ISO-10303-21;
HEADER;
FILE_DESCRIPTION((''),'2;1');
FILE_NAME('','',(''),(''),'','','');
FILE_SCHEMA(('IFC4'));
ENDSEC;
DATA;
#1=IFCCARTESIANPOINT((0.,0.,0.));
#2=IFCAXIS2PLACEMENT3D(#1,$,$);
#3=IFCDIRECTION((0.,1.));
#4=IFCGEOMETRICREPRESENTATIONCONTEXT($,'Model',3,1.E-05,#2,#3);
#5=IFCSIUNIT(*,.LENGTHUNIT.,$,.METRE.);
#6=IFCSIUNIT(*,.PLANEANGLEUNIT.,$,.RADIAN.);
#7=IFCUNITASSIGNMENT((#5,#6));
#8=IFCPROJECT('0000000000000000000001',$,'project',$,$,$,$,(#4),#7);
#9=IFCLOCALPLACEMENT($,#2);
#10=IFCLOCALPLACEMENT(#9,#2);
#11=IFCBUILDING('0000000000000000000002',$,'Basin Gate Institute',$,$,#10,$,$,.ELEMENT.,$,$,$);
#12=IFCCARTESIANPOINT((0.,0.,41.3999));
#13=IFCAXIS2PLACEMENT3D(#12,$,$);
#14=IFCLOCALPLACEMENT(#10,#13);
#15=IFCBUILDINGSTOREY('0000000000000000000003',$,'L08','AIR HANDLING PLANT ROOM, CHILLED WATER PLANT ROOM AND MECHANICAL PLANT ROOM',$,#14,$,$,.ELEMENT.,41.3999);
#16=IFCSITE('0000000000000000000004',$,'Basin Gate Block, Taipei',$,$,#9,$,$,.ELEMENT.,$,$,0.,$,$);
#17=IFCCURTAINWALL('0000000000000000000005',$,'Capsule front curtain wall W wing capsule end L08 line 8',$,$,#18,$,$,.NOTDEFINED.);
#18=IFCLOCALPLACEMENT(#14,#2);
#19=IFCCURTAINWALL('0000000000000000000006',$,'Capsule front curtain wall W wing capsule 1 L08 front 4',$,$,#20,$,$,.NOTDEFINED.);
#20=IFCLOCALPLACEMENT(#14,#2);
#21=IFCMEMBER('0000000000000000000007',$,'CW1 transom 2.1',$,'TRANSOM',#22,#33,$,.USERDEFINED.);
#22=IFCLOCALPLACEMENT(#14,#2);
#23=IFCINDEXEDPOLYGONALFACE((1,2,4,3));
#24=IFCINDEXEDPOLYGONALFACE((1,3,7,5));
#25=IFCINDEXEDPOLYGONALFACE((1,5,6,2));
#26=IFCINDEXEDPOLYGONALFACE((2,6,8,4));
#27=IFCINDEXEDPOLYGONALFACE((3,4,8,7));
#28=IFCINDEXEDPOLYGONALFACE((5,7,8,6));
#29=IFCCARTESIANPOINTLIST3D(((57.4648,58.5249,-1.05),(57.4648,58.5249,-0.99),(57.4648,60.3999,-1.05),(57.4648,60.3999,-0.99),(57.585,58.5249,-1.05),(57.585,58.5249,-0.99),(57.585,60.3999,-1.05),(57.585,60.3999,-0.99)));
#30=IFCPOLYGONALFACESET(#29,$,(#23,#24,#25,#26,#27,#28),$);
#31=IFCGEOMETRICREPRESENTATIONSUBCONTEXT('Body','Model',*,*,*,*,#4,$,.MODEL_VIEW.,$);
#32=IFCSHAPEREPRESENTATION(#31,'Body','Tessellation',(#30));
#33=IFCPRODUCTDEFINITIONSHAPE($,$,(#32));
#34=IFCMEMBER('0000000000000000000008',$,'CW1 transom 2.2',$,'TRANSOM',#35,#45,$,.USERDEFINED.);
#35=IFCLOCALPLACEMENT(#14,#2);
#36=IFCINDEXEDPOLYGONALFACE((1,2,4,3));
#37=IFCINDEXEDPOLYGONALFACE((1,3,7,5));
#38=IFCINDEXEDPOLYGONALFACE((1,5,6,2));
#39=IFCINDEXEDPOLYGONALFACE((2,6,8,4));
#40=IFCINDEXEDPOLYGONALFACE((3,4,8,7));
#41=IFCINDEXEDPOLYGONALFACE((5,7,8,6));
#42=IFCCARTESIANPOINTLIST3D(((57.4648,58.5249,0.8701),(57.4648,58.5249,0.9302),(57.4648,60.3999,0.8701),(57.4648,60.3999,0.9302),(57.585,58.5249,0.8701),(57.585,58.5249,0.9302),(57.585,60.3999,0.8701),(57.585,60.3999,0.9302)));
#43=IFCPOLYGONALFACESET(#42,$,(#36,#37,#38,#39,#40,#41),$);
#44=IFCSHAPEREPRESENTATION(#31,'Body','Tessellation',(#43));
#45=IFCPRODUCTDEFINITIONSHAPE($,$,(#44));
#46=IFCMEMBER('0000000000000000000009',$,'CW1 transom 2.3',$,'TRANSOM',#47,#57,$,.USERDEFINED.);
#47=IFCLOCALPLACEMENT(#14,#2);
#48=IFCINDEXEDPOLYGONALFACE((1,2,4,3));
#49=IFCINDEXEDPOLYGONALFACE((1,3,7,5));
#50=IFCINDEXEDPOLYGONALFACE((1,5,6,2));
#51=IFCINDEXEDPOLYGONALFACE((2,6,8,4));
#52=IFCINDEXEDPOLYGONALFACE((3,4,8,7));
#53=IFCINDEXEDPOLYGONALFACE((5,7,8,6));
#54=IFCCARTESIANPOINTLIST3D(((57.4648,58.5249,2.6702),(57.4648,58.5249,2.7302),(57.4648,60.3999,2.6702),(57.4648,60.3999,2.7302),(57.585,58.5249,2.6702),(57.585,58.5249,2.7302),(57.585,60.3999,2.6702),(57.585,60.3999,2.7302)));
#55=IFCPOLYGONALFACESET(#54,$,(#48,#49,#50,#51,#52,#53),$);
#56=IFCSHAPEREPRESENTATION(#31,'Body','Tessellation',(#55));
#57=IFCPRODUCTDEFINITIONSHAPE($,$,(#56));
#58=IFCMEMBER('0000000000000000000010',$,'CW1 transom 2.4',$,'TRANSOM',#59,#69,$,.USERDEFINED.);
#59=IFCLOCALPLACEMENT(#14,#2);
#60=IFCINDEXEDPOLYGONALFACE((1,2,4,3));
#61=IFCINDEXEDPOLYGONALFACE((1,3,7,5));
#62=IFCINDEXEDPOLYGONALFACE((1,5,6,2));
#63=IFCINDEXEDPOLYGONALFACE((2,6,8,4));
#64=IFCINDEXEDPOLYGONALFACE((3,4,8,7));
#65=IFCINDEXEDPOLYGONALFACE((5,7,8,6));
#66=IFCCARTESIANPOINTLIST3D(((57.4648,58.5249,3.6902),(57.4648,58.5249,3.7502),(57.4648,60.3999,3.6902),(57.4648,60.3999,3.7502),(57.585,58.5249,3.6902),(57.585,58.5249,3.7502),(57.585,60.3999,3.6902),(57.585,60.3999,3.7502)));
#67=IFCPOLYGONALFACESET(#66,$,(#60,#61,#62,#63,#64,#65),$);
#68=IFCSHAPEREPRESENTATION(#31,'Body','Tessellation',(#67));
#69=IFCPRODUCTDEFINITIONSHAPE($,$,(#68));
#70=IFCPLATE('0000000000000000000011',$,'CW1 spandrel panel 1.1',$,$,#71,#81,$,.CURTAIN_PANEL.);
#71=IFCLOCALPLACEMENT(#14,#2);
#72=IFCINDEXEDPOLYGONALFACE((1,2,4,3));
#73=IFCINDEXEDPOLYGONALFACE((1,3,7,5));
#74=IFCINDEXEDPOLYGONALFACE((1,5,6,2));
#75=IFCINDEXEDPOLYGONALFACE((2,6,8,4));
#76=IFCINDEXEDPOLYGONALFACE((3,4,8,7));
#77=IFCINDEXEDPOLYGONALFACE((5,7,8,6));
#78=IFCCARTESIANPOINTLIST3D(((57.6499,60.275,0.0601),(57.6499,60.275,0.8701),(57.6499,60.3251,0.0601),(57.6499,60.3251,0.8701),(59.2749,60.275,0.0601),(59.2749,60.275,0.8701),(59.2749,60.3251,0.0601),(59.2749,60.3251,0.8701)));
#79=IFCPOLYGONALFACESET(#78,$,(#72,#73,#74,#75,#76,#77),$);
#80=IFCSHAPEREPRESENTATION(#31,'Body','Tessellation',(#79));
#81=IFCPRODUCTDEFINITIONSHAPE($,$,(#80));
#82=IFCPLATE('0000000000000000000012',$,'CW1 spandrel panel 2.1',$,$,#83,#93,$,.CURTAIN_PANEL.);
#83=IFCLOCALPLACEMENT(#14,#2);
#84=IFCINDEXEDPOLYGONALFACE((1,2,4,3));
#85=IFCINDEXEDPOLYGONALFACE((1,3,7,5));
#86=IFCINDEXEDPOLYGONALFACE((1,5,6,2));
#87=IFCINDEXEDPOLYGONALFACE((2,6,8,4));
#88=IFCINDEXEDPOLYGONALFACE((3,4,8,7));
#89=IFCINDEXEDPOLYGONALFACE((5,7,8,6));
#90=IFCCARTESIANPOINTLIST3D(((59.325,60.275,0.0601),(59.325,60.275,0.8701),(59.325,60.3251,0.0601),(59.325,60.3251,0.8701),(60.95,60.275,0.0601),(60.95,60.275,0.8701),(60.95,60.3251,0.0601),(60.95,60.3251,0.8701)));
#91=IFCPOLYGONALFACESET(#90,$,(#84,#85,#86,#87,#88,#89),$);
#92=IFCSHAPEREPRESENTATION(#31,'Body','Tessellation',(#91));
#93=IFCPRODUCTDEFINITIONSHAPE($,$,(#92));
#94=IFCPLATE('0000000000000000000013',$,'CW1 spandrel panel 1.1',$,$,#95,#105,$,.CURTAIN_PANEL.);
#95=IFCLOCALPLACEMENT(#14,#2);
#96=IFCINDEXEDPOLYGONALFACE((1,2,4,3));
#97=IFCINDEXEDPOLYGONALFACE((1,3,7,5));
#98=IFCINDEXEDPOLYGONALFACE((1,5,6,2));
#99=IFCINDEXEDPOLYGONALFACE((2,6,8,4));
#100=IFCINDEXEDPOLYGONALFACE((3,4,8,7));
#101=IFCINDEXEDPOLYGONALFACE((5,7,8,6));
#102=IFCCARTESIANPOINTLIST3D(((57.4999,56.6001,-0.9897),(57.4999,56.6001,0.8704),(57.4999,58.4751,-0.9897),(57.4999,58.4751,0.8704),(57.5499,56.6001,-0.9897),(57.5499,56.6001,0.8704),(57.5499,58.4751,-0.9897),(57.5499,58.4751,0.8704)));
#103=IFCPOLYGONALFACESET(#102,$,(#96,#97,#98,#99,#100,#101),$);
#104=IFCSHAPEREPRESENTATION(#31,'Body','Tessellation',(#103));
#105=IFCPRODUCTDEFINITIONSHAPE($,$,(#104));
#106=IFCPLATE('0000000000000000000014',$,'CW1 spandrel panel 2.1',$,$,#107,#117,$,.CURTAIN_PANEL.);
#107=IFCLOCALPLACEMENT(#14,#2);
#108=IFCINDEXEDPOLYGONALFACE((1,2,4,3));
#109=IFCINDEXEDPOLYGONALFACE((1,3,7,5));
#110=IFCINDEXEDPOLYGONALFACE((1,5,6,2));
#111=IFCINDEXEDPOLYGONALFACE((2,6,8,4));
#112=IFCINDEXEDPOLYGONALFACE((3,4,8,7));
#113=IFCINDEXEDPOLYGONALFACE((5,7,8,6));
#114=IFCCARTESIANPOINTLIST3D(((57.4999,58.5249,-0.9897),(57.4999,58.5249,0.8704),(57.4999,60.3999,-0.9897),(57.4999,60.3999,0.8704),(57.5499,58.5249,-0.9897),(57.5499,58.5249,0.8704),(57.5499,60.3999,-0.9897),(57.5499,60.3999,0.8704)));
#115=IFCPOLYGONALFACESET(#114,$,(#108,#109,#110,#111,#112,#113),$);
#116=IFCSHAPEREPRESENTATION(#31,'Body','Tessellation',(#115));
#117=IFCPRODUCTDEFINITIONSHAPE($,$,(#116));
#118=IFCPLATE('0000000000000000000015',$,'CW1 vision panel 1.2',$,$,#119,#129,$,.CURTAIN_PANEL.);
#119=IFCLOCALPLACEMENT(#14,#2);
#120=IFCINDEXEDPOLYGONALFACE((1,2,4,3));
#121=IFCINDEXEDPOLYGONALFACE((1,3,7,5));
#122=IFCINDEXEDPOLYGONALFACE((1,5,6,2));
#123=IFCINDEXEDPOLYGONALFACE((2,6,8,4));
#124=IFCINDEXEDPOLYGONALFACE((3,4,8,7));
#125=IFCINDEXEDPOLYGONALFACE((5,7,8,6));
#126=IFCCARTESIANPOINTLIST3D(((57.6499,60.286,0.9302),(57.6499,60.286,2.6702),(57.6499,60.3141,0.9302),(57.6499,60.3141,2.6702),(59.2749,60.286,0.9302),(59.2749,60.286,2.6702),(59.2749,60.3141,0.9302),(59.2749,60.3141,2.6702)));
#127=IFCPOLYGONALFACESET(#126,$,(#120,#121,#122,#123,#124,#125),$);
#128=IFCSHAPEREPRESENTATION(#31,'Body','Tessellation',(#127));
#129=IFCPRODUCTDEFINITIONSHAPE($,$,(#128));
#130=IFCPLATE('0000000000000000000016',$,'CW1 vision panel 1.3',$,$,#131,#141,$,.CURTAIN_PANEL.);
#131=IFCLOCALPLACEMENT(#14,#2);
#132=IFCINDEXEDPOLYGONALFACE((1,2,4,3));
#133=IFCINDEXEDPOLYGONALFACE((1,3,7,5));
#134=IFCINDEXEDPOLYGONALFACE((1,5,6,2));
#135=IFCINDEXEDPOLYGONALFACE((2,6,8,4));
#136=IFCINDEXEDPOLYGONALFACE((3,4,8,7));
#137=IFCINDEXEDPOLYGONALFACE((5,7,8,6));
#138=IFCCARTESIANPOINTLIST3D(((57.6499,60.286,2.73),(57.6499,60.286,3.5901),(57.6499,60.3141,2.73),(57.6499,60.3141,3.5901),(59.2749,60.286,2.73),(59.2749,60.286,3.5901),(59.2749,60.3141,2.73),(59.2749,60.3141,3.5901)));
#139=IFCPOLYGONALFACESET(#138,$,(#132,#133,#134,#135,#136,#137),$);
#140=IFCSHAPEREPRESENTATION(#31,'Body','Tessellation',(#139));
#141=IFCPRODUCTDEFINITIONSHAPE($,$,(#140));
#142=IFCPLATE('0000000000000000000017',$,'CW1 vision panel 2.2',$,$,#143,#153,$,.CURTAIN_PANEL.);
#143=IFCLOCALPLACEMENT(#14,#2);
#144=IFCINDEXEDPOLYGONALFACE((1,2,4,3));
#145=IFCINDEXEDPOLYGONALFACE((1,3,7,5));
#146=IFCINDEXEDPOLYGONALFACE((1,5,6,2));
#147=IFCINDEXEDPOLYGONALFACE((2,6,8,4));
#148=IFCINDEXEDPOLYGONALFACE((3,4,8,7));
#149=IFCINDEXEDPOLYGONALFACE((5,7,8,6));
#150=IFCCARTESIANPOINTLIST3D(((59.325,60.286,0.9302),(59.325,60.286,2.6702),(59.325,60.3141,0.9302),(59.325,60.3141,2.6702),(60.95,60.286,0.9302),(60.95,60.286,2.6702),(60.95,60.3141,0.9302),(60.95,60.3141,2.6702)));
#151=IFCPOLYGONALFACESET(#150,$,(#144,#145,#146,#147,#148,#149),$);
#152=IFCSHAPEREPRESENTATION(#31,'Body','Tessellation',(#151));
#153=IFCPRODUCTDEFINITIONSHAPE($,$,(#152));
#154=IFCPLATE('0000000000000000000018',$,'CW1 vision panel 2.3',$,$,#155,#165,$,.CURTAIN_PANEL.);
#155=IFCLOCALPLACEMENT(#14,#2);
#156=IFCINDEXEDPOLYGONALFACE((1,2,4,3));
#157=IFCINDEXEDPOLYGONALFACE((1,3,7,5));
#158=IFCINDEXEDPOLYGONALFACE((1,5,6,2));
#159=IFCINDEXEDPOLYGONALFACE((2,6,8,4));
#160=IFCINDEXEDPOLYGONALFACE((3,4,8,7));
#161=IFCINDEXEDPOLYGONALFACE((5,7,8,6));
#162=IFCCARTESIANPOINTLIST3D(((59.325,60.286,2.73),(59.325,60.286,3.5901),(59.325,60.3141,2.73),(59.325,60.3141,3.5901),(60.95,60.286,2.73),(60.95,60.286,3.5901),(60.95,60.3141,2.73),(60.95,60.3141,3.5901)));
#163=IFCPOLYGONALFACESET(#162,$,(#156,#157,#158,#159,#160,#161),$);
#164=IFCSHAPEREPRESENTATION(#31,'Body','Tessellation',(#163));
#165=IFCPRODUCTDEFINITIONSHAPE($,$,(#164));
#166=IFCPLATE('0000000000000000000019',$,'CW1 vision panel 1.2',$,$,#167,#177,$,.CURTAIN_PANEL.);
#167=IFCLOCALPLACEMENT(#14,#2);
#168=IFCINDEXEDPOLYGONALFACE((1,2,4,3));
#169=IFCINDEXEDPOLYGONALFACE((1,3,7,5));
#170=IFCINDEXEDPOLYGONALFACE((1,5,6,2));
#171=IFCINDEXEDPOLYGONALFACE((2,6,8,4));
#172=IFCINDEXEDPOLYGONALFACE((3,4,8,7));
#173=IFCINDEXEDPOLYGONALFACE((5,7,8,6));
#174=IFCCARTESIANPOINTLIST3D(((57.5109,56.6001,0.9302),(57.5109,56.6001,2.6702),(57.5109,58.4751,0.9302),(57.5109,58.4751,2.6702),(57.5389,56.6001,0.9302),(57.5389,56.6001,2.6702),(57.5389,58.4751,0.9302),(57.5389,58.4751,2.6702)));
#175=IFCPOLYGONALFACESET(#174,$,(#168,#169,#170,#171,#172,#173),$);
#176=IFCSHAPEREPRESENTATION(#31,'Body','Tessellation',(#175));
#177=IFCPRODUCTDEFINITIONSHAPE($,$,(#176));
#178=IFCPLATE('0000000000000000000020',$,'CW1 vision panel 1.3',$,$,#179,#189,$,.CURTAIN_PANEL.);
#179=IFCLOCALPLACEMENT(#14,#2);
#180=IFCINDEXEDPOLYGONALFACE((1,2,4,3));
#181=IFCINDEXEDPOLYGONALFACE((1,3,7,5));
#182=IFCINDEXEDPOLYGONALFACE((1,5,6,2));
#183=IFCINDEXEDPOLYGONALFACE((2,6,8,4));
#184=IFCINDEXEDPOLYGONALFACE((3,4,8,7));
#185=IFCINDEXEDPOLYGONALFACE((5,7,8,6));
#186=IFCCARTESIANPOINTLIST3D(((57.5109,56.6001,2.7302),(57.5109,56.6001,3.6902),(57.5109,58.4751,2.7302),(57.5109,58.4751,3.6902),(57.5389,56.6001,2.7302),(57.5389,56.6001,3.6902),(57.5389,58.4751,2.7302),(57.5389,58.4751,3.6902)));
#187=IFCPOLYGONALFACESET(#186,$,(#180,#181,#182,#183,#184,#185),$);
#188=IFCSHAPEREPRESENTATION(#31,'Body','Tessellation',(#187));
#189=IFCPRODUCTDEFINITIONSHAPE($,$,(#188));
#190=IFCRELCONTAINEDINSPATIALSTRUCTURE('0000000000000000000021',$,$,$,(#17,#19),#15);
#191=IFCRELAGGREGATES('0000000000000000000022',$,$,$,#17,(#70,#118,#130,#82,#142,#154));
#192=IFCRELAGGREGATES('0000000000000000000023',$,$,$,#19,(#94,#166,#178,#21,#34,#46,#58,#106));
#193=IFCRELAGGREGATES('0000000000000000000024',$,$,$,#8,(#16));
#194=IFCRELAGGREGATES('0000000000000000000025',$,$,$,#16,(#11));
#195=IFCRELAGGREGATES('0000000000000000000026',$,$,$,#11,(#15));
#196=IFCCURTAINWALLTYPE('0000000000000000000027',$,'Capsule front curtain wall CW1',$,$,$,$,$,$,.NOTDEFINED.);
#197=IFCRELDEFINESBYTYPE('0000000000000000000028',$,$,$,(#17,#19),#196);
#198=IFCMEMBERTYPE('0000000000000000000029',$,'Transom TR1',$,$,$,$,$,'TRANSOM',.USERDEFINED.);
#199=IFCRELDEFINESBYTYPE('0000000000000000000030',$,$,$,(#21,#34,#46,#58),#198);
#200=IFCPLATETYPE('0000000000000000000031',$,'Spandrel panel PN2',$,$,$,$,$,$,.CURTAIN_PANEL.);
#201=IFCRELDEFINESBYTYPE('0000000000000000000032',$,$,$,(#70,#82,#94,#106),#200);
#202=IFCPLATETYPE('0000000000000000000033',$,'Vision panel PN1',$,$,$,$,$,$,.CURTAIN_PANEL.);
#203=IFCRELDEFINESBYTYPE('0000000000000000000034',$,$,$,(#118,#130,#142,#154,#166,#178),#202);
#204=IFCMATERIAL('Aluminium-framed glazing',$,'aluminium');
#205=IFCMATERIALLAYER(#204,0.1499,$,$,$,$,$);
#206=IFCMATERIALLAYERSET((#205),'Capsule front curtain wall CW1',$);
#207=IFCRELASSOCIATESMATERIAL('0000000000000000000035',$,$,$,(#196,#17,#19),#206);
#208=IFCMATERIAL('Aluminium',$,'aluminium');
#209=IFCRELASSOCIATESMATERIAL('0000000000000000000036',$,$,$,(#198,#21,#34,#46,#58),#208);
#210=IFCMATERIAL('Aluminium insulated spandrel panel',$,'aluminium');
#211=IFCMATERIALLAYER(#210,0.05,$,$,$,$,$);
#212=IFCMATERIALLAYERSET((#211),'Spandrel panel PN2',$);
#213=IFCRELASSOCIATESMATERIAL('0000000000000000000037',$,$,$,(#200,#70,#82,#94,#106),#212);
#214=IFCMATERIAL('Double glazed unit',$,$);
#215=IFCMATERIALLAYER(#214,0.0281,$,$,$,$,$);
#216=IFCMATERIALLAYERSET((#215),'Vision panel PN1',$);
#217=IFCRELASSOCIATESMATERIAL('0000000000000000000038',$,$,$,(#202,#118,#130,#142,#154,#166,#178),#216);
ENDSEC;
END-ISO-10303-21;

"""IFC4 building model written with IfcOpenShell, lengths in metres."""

from ifc_helpers import new_model, si_unit, direction, frame, origin, origin_2d, place, context, subcontext, project, spatial, rectangle, extrude, material, layer, layer_set, material_profile, profile_set, type_object, element, aggregate, save


model = new_model("IFC4")

# Units and contexts
model_context = context("Model", 3, precision=1e-05, world=origin(), true_north=direction((0.0, 1.0)))
body_context = subcontext(model_context, "Body", "Model", "MODEL_VIEW")
ifc_project = project(units=[si_unit("LENGTHUNIT", "METRE"), si_unit("PLANEANGLEUNIT", "RADIAN")], contexts=[model_context])

# Site, building, storey
site_placement = place(None, origin())
site = spatial("IfcSite", under=ifc_project, at=site_placement, Name="Basin Gate Block, Taipei", CompositionType="ELEMENT", RefElevation=0.0)
building_placement = place(site_placement, origin())
building = spatial("IfcBuilding", under=site, at=building_placement, Name="Basin Gate Institute", CompositionType="ELEMENT")
storey_placement = place(building_placement, frame((0.0, 0.0, 41.3999)))
storey = spatial("IfcBuildingStorey", under=building, at=storey_placement, Name="L08", Description="AIR HANDLING PLANT ROOM, CHILLED WATER PLANT ROOM AND MECHANICAL PLANT ROOM", CompositionType="ELEMENT", Elevation=41.3999)

# Curtain walls
ifc_material_1 = material(Name="Aluminium-framed glazing", Category="aluminium")
ifc_layer_1 = layer(ifc_material_1, 0.1499)
ifc_layer_set_1 = layer_set([ifc_layer_1], Name="Capsule front curtain wall CW1")
curtain_wall_type = type_object("IfcCurtainWallType", Name="Capsule front curtain wall CW1", PredefinedType="NOTDEFINED", material=ifc_layer_set_1)
curtain_wall_1_placement = place(storey_placement, origin())
curtain_wall_1 = element("IfcCurtainWall", 1, at=curtain_wall_1_placement, inside=storey, type_object=curtain_wall_type, material=ifc_layer_set_1, Name="Capsule front curtain wall W wing capsule end L08 line 8", PredefinedType="NOTDEFINED")
curtain_wall_2_placement = place(storey_placement, origin())
curtain_wall_2 = element("IfcCurtainWall", 2, at=curtain_wall_2_placement, inside=storey, type_object=curtain_wall_type, material=ifc_layer_set_1, Name="Capsule front curtain wall W wing capsule 1 L08 front 4", PredefinedType="NOTDEFINED")

# Members
ifc_material_2 = material(Name="Aluminium", Category="aluminium")
ifc_material_profile_1 = material_profile(ifc_material_2, rectangle(XDim=0.1201, YDim=0.0601, at=origin_2d()), Name="Transom TR1 120 x 60")
ifc_profile_set_1 = profile_set([ifc_material_profile_1], Name="Aluminium")
member_type_1 = type_object("IfcMemberType", Name="Transom TR1", ElementType="TRANSOM", PredefinedType="USERDEFINED", material=ifc_profile_set_1)
member_1_placement = place(storey_placement, frame((57.5249, 58.5249, -1.02), z_axis=(0.0, 1.0, 0.0), x_axis=(-1.0, 0.0, 0.0)))
member_1 = element("IfcMember", 3, at=member_1_placement, type_object=member_type_1, material=ifc_profile_set_1, Name="CW1 transom 2.1", ObjectType="TRANSOM", PredefinedType="USERDEFINED", context=body_context, shape_type="SweptSolid", body=[
    extrude(rectangle(XDim=0.1201, YDim=0.0601, at=origin_2d()), origin(), (0.0, 0.0, 1.0), 1.875),
])
member_2_placement = place(storey_placement, frame((57.5249, 58.5249, 0.9001), z_axis=(0.0, 1.0, 0.0), x_axis=(-1.0, 0.0, 0.0)))
member_2 = element("IfcMember", 4, at=member_2_placement, type_object=member_type_1, material=ifc_profile_set_1, Name="CW1 transom 2.2", ObjectType="TRANSOM", PredefinedType="USERDEFINED", context=body_context, shape_type="SweptSolid", body=[
    extrude(rectangle(XDim=0.1201, YDim=0.0601, at=origin_2d()), origin(), (0.0, 0.0, 1.0), 1.875),
])
member_3_placement = place(storey_placement, frame((57.5249, 58.5249, 2.7002), z_axis=(0.0, 1.0, 0.0), x_axis=(-1.0, 0.0, 0.0)))
member_3 = element("IfcMember", 5, at=member_3_placement, type_object=member_type_1, material=ifc_profile_set_1, Name="CW1 transom 2.3", ObjectType="TRANSOM", PredefinedType="USERDEFINED", context=body_context, shape_type="SweptSolid", body=[
    extrude(rectangle(XDim=0.1201, YDim=0.0601, at=origin_2d()), origin(), (0.0, 0.0, 1.0), 1.875),
])
member_4_placement = place(storey_placement, frame((57.5249, 58.5249, 3.7202), z_axis=(0.0, 1.0, 0.0), x_axis=(-1.0, 0.0, 0.0)))
member_4 = element("IfcMember", 6, at=member_4_placement, type_object=member_type_1, material=ifc_profile_set_1, Name="CW1 transom 2.4", ObjectType="TRANSOM", PredefinedType="USERDEFINED", context=body_context, shape_type="SweptSolid", body=[
    extrude(rectangle(XDim=0.1201, YDim=0.0601, at=origin_2d()), origin(), (0.0, 0.0, 1.0), 1.875),
])

# Plates
ifc_material_3 = material(Name="Aluminium insulated spandrel panel", Category="aluminium")
ifc_layer_2 = layer(ifc_material_3, 0.05)
ifc_layer_set_2 = layer_set([ifc_layer_2], Name="Spandrel panel PN2")
plate_type_1 = type_object("IfcPlateType", Name="Spandrel panel PN2", PredefinedType="CURTAIN_PANEL", material=ifc_layer_set_2)
plate_1_placement = place(storey_placement, frame((58.4624, 60.3, 0.0601), z_axis=(0.0, 0.0, 1.0), x_axis=(1.0, 0.0, 0.0)))
plate_1 = element("IfcPlate", 7, at=plate_1_placement, type_object=plate_type_1, material=ifc_layer_set_2, Name="CW1 spandrel panel 1.1", PredefinedType="CURTAIN_PANEL", context=body_context, shape_type="SweptSolid", body=[
    extrude(rectangle(XDim=1.625, YDim=0.05, at=origin_2d()), origin(), (0.0, 0.0, 1.0), 0.8101),
])
plate_2_placement = place(storey_placement, frame((60.1375, 60.3, 0.0601), z_axis=(0.0, 0.0, 1.0), x_axis=(1.0, 0.0, 0.0)))
plate_2 = element("IfcPlate", 8, at=plate_2_placement, type_object=plate_type_1, material=ifc_layer_set_2, Name="CW1 spandrel panel 2.1", PredefinedType="CURTAIN_PANEL", context=body_context, shape_type="SweptSolid", body=[
    extrude(rectangle(XDim=1.625, YDim=0.05, at=origin_2d()), origin(), (0.0, 0.0, 1.0), 0.8101),
])
plate_3_placement = place(storey_placement, frame((57.5249, 57.5376, -0.9897), z_axis=(0.0, 0.0, 1.0), x_axis=(0.0, 1.0, 0.0)))
plate_3 = element("IfcPlate", 9, at=plate_3_placement, type_object=plate_type_1, material=ifc_layer_set_2, Name="CW1 spandrel panel 1.1", PredefinedType="CURTAIN_PANEL", context=body_context, shape_type="SweptSolid", body=[
    extrude(rectangle(XDim=1.875, YDim=0.05, at=origin_2d()), origin(), (0.0, 0.0, 1.0), 1.8601),
])
plate_4_placement = place(storey_placement, frame((57.5249, 59.4624, -0.9897), z_axis=(0.0, 0.0, 1.0), x_axis=(0.0, 1.0, 0.0)))
plate_4 = element("IfcPlate", 10, at=plate_4_placement, type_object=plate_type_1, material=ifc_layer_set_2, Name="CW1 spandrel panel 2.1", PredefinedType="CURTAIN_PANEL", context=body_context, shape_type="SweptSolid", body=[
    extrude(rectangle(XDim=1.875, YDim=0.05, at=origin_2d()), origin(), (0.0, 0.0, 1.0), 1.8601),
])
ifc_material_4 = material(Name="Double glazed unit")
ifc_layer_3 = layer(ifc_material_4, 0.0281)
ifc_layer_set_3 = layer_set([ifc_layer_3], Name="Vision panel PN1")
plate_type_2 = type_object("IfcPlateType", Name="Vision panel PN1", PredefinedType="CURTAIN_PANEL", material=ifc_layer_set_3)
plate_5_placement = place(storey_placement, frame((58.4624, 60.3, 0.9302), z_axis=(0.0, 0.0, 1.0), x_axis=(1.0, 0.0, 0.0)))
plate_5 = element("IfcPlate", 11, at=plate_5_placement, type_object=plate_type_2, material=ifc_layer_set_3, Name="CW1 vision panel 1.2", PredefinedType="CURTAIN_PANEL", context=body_context, shape_type="SweptSolid", body=[
    extrude(rectangle(XDim=1.625, YDim=0.0281, at=origin_2d()), origin(), (0.0, 0.0, 1.0), 1.74),
])
plate_6_placement = place(storey_placement, frame((58.4624, 60.3, 2.73), z_axis=(0.0, 0.0, 1.0), x_axis=(1.0, 0.0, 0.0)))
plate_6 = element("IfcPlate", 12, at=plate_6_placement, type_object=plate_type_2, material=ifc_layer_set_3, Name="CW1 vision panel 1.3", PredefinedType="CURTAIN_PANEL", context=body_context, shape_type="SweptSolid", body=[
    extrude(rectangle(XDim=1.625, YDim=0.0281, at=origin_2d()), origin(), (0.0, 0.0, 1.0), 0.8601),
])
plate_7_placement = place(storey_placement, frame((60.1375, 60.3, 0.9302), z_axis=(0.0, 0.0, 1.0), x_axis=(1.0, 0.0, 0.0)))
plate_7 = element("IfcPlate", 13, at=plate_7_placement, type_object=plate_type_2, material=ifc_layer_set_3, Name="CW1 vision panel 2.2", PredefinedType="CURTAIN_PANEL", context=body_context, shape_type="SweptSolid", body=[
    extrude(rectangle(XDim=1.625, YDim=0.0281, at=origin_2d()), origin(), (0.0, 0.0, 1.0), 1.74),
])
plate_8_placement = place(storey_placement, frame((60.1375, 60.3, 2.73), z_axis=(0.0, 0.0, 1.0), x_axis=(1.0, 0.0, 0.0)))
plate_8 = element("IfcPlate", 14, at=plate_8_placement, type_object=plate_type_2, material=ifc_layer_set_3, Name="CW1 vision panel 2.3", PredefinedType="CURTAIN_PANEL", context=body_context, shape_type="SweptSolid", body=[
    extrude(rectangle(XDim=1.625, YDim=0.0281, at=origin_2d()), origin(), (0.0, 0.0, 1.0), 0.8601),
])
aggregate(curtain_wall_1, [plate_1, plate_5, plate_6, plate_2, plate_7, plate_8])
plate_9_placement = place(storey_placement, frame((57.5249, 57.5376, 0.9302), z_axis=(0.0, 0.0, 1.0), x_axis=(0.0, 1.0, 0.0)))
plate_9 = element("IfcPlate", 15, at=plate_9_placement, type_object=plate_type_2, material=ifc_layer_set_3, Name="CW1 vision panel 1.2", PredefinedType="CURTAIN_PANEL", context=body_context, shape_type="SweptSolid", body=[
    extrude(rectangle(XDim=1.875, YDim=0.0281, at=origin_2d()), origin(), (0.0, 0.0, 1.0), 1.74),
])
plate_10_placement = place(storey_placement, frame((57.5249, 57.5376, 2.7302), z_axis=(0.0, 0.0, 1.0), x_axis=(0.0, 1.0, 0.0)))
plate_10 = element("IfcPlate", 16, at=plate_10_placement, type_object=plate_type_2, material=ifc_layer_set_3, Name="CW1 vision panel 1.3", PredefinedType="CURTAIN_PANEL", context=body_context, shape_type="SweptSolid", body=[
    extrude(rectangle(XDim=1.875, YDim=0.0281, at=origin_2d()), origin(), (0.0, 0.0, 1.0), 0.96),
])
aggregate(curtain_wall_2, [plate_3, plate_9, plate_10, member_1, member_2, member_3, member_4, plate_4])

save(model, "model.ifc")
